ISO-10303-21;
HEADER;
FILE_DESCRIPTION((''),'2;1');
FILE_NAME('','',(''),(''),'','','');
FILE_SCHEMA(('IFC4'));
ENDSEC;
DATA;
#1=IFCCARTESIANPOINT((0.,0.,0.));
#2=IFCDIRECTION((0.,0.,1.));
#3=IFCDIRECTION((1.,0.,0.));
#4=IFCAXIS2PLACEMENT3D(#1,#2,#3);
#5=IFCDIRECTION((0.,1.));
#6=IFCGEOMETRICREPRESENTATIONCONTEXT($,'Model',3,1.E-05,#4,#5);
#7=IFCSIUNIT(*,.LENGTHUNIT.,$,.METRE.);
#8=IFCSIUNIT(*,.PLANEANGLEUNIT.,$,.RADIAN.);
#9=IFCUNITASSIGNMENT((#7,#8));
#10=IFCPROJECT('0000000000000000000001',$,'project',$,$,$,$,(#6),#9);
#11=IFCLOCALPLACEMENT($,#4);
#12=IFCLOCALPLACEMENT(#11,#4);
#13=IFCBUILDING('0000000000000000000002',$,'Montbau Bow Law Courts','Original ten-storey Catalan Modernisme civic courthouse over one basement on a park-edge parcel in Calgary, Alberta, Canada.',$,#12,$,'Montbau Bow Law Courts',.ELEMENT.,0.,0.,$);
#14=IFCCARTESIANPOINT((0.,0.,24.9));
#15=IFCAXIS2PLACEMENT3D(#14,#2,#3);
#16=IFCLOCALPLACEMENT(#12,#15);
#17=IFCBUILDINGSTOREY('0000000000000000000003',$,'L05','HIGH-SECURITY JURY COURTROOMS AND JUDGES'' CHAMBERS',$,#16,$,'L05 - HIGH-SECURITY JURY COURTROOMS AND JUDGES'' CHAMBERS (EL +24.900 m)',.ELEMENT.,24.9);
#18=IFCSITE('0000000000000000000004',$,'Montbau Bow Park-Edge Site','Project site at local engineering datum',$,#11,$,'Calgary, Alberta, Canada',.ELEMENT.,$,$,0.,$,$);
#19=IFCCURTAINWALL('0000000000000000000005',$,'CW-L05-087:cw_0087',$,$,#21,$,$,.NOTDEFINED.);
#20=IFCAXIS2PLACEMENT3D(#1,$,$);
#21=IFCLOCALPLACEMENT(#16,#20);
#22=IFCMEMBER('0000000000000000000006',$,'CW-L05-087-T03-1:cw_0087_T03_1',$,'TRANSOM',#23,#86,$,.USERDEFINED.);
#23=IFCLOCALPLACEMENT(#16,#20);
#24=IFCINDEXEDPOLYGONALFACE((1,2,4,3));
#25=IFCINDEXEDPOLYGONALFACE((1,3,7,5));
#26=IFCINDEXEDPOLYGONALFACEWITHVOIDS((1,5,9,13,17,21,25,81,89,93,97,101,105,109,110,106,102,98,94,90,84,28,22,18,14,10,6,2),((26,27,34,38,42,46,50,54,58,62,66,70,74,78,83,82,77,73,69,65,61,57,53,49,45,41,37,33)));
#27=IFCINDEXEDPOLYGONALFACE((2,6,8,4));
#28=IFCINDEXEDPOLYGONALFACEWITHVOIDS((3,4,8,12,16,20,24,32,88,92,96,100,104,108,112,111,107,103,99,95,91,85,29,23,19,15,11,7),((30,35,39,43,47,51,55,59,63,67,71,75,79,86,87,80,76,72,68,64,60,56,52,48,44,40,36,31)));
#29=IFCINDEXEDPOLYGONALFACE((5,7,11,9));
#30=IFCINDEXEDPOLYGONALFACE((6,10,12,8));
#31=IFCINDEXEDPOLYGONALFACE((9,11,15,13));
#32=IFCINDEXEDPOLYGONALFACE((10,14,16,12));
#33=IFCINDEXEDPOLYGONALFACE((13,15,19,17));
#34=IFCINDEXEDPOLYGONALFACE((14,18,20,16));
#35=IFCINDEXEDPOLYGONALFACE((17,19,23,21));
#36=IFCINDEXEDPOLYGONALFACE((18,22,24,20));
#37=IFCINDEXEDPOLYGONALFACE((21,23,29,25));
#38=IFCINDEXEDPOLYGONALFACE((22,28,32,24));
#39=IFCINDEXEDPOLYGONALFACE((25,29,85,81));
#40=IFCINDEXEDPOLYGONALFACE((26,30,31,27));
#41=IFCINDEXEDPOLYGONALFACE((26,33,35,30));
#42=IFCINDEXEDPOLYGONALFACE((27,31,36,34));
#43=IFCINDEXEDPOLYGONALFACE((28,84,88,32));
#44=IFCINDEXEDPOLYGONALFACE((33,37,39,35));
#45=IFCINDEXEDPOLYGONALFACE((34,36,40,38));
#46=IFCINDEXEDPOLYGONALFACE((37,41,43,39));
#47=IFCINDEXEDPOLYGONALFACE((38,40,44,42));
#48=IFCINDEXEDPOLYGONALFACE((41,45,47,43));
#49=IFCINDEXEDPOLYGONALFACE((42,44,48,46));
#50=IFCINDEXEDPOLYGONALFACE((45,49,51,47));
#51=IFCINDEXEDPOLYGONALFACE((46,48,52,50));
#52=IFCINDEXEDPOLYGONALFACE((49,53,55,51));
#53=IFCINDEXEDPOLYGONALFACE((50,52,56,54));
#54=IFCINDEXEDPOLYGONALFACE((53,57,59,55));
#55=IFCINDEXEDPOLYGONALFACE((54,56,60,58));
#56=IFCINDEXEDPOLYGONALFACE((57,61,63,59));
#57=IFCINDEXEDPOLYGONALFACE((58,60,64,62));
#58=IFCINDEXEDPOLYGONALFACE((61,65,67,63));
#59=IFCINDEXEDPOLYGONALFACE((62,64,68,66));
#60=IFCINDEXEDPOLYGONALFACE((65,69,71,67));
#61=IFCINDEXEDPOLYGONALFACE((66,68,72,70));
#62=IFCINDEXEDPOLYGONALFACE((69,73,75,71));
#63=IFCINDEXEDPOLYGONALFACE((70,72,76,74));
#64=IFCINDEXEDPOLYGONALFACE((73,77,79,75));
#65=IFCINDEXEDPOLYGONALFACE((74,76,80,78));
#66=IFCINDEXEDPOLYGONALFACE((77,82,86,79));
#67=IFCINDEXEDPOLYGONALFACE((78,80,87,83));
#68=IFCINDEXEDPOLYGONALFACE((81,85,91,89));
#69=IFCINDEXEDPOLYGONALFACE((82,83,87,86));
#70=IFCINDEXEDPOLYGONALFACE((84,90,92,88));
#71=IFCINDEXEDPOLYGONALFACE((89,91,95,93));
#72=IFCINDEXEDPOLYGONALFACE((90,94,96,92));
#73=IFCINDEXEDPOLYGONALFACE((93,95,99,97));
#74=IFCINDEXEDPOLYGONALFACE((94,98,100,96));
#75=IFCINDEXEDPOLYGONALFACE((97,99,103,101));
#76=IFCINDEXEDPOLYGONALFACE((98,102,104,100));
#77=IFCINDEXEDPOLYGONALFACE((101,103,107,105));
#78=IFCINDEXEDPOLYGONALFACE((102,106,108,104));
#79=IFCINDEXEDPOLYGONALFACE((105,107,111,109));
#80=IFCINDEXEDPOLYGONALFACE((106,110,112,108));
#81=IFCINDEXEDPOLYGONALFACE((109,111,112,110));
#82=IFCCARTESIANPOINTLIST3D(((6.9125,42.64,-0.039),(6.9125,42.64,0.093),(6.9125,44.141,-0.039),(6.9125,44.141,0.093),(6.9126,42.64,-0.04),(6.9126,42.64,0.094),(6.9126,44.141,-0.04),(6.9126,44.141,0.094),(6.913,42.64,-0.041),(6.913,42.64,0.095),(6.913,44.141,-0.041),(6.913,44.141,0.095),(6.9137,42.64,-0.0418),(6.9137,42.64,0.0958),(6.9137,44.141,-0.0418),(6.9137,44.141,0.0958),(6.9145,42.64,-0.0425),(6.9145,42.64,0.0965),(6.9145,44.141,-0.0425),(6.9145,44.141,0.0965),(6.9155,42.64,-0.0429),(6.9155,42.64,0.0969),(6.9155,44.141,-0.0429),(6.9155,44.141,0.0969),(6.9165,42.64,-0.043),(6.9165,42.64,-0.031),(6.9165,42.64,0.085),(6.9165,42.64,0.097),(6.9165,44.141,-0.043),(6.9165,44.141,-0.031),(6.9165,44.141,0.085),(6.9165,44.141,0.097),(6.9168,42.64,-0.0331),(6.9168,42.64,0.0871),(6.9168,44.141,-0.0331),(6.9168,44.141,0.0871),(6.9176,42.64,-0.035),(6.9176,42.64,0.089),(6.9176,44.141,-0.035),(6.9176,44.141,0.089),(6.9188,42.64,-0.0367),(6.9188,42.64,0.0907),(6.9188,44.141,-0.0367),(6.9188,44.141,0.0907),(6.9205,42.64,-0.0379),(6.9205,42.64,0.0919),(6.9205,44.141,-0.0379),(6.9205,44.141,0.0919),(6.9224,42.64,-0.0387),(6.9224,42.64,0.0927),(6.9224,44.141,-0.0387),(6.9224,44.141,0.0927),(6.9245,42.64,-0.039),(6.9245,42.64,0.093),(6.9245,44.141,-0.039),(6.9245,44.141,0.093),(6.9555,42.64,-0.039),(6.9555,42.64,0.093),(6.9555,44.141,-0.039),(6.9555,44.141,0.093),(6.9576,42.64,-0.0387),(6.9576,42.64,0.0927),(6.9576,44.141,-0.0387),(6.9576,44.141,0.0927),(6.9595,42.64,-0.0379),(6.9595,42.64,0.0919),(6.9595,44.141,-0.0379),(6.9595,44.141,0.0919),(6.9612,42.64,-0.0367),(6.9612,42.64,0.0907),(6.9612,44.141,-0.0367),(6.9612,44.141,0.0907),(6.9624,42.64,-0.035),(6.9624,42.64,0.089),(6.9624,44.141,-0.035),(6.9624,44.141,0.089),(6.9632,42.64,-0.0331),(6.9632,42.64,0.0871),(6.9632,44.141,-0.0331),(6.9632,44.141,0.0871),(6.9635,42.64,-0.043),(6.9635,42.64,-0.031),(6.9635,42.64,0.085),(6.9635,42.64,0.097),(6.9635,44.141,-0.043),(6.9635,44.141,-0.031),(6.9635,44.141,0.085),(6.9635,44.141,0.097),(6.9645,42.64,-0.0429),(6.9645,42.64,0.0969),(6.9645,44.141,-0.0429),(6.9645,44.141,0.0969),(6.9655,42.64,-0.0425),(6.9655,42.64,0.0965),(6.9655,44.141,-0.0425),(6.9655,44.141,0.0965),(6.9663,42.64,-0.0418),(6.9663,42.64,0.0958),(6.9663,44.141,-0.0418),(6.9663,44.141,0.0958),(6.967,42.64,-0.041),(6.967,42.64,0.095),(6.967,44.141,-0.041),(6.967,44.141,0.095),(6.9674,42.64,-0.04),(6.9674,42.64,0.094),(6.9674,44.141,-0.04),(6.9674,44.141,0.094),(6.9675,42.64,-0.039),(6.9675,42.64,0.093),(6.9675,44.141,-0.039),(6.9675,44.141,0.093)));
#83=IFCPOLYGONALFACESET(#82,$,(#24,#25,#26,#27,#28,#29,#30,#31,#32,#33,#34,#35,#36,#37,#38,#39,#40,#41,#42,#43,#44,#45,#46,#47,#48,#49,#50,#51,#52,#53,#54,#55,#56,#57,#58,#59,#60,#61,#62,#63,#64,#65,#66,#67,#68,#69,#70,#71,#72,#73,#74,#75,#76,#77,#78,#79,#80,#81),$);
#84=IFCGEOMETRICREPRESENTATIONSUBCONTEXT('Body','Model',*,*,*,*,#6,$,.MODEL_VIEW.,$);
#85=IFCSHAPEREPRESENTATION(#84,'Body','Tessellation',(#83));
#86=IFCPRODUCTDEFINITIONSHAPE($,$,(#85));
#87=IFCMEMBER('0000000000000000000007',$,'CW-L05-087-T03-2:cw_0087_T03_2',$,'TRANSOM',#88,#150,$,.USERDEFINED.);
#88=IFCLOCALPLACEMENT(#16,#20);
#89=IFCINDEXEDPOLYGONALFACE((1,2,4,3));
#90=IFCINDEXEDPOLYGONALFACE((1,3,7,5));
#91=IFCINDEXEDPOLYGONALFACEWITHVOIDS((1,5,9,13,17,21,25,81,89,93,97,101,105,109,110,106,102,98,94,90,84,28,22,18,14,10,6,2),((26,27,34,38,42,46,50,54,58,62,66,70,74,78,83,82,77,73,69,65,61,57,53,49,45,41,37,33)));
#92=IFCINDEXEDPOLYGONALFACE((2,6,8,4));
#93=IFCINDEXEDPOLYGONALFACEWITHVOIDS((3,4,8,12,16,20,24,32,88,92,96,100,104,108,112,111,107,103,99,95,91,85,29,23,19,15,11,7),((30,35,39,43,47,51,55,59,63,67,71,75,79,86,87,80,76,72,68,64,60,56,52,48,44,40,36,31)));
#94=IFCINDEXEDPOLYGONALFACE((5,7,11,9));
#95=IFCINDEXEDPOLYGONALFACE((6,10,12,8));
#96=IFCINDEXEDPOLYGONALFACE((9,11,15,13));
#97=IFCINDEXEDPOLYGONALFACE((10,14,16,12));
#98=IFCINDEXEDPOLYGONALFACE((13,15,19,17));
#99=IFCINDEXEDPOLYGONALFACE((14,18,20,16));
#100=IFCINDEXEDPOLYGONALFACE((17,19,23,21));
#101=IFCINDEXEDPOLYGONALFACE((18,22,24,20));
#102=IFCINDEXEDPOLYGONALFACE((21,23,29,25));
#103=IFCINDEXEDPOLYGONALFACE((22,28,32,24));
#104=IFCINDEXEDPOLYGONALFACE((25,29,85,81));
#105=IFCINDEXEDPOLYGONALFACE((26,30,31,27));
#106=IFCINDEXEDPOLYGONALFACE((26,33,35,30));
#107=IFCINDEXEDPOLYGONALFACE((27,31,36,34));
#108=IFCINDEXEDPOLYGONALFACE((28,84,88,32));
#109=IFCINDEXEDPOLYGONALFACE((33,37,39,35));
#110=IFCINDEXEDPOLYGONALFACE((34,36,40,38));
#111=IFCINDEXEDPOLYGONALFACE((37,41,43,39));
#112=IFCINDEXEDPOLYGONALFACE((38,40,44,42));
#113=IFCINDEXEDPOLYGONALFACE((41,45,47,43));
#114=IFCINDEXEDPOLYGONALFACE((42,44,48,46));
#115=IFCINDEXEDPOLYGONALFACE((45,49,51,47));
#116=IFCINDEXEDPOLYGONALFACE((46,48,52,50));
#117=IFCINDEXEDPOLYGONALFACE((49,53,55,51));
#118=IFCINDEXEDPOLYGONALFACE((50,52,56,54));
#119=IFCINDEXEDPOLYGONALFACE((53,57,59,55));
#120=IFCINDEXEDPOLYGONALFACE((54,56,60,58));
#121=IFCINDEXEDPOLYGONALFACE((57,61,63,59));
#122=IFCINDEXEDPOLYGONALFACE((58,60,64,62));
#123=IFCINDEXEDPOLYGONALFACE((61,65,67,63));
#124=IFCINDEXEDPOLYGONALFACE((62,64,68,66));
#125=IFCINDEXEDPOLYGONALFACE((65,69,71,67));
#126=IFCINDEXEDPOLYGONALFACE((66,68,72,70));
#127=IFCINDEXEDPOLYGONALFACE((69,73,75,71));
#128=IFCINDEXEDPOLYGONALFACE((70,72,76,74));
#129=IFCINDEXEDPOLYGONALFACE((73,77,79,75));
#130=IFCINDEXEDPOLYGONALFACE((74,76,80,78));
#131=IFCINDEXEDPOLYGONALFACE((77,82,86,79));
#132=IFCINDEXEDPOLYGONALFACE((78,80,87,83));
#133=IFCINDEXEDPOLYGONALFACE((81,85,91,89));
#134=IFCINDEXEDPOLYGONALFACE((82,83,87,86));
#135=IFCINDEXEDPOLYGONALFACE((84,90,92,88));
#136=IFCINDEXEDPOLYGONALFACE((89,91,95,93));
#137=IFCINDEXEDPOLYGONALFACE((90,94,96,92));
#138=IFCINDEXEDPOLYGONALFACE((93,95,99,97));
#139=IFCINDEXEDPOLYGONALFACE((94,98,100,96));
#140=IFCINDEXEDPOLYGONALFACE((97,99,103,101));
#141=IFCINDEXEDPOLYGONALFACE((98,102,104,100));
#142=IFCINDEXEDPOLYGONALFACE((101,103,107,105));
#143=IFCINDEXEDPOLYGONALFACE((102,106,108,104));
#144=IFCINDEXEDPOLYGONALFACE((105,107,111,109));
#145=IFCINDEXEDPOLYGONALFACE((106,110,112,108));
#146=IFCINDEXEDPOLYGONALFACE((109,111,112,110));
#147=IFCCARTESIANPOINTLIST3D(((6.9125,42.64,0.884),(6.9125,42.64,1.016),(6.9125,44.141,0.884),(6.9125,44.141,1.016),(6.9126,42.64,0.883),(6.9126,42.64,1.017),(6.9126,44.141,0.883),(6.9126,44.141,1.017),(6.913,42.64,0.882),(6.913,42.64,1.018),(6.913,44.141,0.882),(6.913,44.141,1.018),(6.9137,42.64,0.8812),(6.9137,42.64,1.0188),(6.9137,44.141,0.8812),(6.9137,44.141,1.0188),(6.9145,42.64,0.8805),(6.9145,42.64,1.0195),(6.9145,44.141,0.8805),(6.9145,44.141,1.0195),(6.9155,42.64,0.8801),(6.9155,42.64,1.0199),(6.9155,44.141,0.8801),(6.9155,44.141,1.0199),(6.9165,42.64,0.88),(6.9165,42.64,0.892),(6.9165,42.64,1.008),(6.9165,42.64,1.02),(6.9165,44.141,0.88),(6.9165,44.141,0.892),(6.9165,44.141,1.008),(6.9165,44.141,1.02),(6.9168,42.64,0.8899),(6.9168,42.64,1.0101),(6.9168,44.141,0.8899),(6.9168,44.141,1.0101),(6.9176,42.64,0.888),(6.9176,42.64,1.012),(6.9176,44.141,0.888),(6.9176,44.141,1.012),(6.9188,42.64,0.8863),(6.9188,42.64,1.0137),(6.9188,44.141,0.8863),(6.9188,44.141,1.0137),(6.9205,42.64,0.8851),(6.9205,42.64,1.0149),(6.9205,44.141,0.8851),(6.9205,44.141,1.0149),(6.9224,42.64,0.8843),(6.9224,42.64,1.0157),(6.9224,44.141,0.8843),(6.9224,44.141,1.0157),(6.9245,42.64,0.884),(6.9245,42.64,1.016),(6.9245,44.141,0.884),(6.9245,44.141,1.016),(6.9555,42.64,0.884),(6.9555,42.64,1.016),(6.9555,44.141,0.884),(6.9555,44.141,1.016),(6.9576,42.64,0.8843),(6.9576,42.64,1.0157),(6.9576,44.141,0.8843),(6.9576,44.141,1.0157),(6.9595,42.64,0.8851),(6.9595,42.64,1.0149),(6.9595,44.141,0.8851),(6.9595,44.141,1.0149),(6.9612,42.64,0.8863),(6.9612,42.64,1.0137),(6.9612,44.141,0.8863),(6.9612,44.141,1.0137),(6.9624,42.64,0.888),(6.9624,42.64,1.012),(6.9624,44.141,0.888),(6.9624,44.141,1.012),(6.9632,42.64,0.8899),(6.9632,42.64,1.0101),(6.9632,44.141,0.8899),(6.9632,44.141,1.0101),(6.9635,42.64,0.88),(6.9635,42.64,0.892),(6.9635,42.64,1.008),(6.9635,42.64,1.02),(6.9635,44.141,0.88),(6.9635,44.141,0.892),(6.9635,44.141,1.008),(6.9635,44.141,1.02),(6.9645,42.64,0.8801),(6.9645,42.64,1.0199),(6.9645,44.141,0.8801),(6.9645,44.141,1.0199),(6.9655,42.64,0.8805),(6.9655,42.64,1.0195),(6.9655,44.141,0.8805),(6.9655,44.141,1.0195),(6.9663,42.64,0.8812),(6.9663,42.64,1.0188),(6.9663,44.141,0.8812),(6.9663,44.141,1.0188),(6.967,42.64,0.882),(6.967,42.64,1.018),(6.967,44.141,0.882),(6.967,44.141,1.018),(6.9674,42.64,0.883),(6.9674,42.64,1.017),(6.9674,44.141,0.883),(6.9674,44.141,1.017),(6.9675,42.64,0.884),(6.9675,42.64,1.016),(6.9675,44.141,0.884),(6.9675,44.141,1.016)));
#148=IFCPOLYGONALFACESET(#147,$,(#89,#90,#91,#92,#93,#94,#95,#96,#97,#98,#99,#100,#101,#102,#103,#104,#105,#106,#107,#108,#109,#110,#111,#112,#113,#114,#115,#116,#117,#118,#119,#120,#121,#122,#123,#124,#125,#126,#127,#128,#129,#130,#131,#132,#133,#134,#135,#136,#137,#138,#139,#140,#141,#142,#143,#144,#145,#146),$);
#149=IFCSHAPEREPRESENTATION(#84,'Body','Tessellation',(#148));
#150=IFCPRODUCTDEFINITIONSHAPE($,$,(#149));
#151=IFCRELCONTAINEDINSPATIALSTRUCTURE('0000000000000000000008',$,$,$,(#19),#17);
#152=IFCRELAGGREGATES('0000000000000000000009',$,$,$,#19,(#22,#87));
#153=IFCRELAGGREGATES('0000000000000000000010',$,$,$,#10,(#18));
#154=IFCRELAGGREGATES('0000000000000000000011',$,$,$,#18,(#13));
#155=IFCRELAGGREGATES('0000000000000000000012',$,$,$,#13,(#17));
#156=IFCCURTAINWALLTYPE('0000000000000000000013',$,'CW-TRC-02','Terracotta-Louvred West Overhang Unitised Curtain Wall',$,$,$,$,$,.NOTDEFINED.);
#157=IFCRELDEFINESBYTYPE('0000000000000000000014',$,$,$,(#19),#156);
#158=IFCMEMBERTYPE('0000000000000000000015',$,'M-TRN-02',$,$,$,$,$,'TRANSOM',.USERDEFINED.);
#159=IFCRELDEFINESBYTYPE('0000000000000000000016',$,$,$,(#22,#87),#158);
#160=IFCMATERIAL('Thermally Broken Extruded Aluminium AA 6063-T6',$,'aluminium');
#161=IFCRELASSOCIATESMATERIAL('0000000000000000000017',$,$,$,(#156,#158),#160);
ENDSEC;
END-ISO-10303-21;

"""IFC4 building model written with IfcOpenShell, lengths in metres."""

from ifc_helpers import new_model, si_unit, direction, frame, origin_with_axes, origin_2d_with_axis, place, context, subcontext, project, spatial, hollow_rectangle, extrude, material, material_profile, profile_set, type_object, element, aggregate, save


model = new_model("IFC4")

# Units and contexts
model_context = context("Model", 3, precision=1e-05, world=origin_with_axes(), true_north=direction((0.0, 1.0)))
body_context = subcontext(model_context, "Body", "Model", "MODEL_VIEW")
ifc_project = project(units=[si_unit("LENGTHUNIT", "METRE"), si_unit("PLANEANGLEUNIT", "RADIAN")], contexts=[model_context])

# Site, building, storey
site_placement = place(None, origin_with_axes())
site = spatial("IfcSite", under=ifc_project, at=site_placement, Name="Montbau Bow Park-Edge Site", Description="Project site at local engineering datum", LongName="Calgary, Alberta, Canada", CompositionType="ELEMENT", RefElevation=0.0)
building_placement = place(site_placement, origin_with_axes())
building = spatial("IfcBuilding", under=site, at=building_placement, Name="Montbau Bow Law Courts", Description="Original ten-storey Catalan Modernisme civic courthouse over one basement on a park-edge parcel in Calgary, Alberta, Canada.", LongName="Montbau Bow Law Courts", CompositionType="ELEMENT", ElevationOfRefHeight=0.0, ElevationOfTerrain=0.0)
storey_placement = place(building_placement, frame((0.0, 0.0, 24.9), z_axis=(0.0, 0.0, 1.0), x_axis=(1.0, 0.0, 0.0)))
storey = spatial("IfcBuildingStorey", under=building, at=storey_placement, Name="L05", Description="HIGH-SECURITY JURY COURTROOMS AND JUDGES' CHAMBERS", LongName="L05 - HIGH-SECURITY JURY COURTROOMS AND JUDGES' CHAMBERS (EL +24.900 m)", CompositionType="ELEMENT", Elevation=24.9)

# Curtain wall
ifc_material_1 = material(Name="Thermally Broken Extruded Aluminium AA 6063-T6", Category="aluminium")
curtain_wall_type = type_object("IfcCurtainWallType", Name="CW-TRC-02", Description="Terracotta-Louvred West Overhang Unitised Curtain Wall", PredefinedType="NOTDEFINED", material=ifc_material_1)
curtain_wall_1_placement = place(None, frame((6.94, 39.44, 24.9), z_axis=(0.0, 0.0, 1.0), x_axis=(1.0, 0.0, 0.0)))
curtain_wall_1 = element("IfcCurtainWall", 1, at=curtain_wall_1_placement, inside=storey, type_object=curtain_wall_type, Name="CW-L05-087:cw_0087", PredefinedType="NOTDEFINED")

# Members
ifc_material_profile_1 = material_profile(ifc_material_1, hollow_rectangle(XDim=0.055, YDim=0.14, WallThickness=0.004, InnerFilletRadius=0.008, OuterFilletRadius=0.004, at=origin_2d_with_axis()), Name="CWT-140X55", Category="Main", Priority=0)
ifc_profile_set_1 = profile_set([ifc_material_profile_1], Name="Thermally Broken Extruded Aluminium AA 6063-T6")
member_type_1 = type_object("IfcMemberType", Name="M-TRN-02", ElementType="TRANSOM", PredefinedType="USERDEFINED", material=ifc_profile_set_1)
member_1_placement = place(None, frame((6.94, 42.64, 24.927), z_axis=(0.0, 1.0, 0.0), x_axis=(-1.0, 0.0, 0.0)))
member_1 = element("IfcMember", 2, at=member_1_placement, type_object=member_type_1, Name="CW-L05-087-T03-1:cw_0087_T03_1", ObjectType="TRANSOM", PredefinedType="USERDEFINED", context=body_context, shape_type="SweptSolid", body=[
    extrude(hollow_rectangle(XDim=0.055, YDim=0.14, WallThickness=0.004, InnerFilletRadius=0.008, OuterFilletRadius=0.004, at=origin_2d_with_axis()), origin_with_axes(), (0.0, 0.0, 1.0), 1.501),
])
member_2_placement = place(None, frame((6.94, 42.64, 25.85), z_axis=(0.0, 1.0, 0.0), x_axis=(-1.0, 0.0, 0.0)))
member_2 = element("IfcMember", 3, at=member_2_placement, type_object=member_type_1, Name="CW-L05-087-T03-2:cw_0087_T03_2", ObjectType="TRANSOM", PredefinedType="USERDEFINED", context=body_context, shape_type="SweptSolid", body=[
    extrude(hollow_rectangle(XDim=0.055, YDim=0.14, WallThickness=0.004, InnerFilletRadius=0.008, OuterFilletRadius=0.004, at=origin_2d_with_axis()), origin_with_axes(), (0.0, 0.0, 1.0), 1.501),
])

aggregate(curtain_wall_1, [member_1, member_2])

save(model, "model.ifc")
